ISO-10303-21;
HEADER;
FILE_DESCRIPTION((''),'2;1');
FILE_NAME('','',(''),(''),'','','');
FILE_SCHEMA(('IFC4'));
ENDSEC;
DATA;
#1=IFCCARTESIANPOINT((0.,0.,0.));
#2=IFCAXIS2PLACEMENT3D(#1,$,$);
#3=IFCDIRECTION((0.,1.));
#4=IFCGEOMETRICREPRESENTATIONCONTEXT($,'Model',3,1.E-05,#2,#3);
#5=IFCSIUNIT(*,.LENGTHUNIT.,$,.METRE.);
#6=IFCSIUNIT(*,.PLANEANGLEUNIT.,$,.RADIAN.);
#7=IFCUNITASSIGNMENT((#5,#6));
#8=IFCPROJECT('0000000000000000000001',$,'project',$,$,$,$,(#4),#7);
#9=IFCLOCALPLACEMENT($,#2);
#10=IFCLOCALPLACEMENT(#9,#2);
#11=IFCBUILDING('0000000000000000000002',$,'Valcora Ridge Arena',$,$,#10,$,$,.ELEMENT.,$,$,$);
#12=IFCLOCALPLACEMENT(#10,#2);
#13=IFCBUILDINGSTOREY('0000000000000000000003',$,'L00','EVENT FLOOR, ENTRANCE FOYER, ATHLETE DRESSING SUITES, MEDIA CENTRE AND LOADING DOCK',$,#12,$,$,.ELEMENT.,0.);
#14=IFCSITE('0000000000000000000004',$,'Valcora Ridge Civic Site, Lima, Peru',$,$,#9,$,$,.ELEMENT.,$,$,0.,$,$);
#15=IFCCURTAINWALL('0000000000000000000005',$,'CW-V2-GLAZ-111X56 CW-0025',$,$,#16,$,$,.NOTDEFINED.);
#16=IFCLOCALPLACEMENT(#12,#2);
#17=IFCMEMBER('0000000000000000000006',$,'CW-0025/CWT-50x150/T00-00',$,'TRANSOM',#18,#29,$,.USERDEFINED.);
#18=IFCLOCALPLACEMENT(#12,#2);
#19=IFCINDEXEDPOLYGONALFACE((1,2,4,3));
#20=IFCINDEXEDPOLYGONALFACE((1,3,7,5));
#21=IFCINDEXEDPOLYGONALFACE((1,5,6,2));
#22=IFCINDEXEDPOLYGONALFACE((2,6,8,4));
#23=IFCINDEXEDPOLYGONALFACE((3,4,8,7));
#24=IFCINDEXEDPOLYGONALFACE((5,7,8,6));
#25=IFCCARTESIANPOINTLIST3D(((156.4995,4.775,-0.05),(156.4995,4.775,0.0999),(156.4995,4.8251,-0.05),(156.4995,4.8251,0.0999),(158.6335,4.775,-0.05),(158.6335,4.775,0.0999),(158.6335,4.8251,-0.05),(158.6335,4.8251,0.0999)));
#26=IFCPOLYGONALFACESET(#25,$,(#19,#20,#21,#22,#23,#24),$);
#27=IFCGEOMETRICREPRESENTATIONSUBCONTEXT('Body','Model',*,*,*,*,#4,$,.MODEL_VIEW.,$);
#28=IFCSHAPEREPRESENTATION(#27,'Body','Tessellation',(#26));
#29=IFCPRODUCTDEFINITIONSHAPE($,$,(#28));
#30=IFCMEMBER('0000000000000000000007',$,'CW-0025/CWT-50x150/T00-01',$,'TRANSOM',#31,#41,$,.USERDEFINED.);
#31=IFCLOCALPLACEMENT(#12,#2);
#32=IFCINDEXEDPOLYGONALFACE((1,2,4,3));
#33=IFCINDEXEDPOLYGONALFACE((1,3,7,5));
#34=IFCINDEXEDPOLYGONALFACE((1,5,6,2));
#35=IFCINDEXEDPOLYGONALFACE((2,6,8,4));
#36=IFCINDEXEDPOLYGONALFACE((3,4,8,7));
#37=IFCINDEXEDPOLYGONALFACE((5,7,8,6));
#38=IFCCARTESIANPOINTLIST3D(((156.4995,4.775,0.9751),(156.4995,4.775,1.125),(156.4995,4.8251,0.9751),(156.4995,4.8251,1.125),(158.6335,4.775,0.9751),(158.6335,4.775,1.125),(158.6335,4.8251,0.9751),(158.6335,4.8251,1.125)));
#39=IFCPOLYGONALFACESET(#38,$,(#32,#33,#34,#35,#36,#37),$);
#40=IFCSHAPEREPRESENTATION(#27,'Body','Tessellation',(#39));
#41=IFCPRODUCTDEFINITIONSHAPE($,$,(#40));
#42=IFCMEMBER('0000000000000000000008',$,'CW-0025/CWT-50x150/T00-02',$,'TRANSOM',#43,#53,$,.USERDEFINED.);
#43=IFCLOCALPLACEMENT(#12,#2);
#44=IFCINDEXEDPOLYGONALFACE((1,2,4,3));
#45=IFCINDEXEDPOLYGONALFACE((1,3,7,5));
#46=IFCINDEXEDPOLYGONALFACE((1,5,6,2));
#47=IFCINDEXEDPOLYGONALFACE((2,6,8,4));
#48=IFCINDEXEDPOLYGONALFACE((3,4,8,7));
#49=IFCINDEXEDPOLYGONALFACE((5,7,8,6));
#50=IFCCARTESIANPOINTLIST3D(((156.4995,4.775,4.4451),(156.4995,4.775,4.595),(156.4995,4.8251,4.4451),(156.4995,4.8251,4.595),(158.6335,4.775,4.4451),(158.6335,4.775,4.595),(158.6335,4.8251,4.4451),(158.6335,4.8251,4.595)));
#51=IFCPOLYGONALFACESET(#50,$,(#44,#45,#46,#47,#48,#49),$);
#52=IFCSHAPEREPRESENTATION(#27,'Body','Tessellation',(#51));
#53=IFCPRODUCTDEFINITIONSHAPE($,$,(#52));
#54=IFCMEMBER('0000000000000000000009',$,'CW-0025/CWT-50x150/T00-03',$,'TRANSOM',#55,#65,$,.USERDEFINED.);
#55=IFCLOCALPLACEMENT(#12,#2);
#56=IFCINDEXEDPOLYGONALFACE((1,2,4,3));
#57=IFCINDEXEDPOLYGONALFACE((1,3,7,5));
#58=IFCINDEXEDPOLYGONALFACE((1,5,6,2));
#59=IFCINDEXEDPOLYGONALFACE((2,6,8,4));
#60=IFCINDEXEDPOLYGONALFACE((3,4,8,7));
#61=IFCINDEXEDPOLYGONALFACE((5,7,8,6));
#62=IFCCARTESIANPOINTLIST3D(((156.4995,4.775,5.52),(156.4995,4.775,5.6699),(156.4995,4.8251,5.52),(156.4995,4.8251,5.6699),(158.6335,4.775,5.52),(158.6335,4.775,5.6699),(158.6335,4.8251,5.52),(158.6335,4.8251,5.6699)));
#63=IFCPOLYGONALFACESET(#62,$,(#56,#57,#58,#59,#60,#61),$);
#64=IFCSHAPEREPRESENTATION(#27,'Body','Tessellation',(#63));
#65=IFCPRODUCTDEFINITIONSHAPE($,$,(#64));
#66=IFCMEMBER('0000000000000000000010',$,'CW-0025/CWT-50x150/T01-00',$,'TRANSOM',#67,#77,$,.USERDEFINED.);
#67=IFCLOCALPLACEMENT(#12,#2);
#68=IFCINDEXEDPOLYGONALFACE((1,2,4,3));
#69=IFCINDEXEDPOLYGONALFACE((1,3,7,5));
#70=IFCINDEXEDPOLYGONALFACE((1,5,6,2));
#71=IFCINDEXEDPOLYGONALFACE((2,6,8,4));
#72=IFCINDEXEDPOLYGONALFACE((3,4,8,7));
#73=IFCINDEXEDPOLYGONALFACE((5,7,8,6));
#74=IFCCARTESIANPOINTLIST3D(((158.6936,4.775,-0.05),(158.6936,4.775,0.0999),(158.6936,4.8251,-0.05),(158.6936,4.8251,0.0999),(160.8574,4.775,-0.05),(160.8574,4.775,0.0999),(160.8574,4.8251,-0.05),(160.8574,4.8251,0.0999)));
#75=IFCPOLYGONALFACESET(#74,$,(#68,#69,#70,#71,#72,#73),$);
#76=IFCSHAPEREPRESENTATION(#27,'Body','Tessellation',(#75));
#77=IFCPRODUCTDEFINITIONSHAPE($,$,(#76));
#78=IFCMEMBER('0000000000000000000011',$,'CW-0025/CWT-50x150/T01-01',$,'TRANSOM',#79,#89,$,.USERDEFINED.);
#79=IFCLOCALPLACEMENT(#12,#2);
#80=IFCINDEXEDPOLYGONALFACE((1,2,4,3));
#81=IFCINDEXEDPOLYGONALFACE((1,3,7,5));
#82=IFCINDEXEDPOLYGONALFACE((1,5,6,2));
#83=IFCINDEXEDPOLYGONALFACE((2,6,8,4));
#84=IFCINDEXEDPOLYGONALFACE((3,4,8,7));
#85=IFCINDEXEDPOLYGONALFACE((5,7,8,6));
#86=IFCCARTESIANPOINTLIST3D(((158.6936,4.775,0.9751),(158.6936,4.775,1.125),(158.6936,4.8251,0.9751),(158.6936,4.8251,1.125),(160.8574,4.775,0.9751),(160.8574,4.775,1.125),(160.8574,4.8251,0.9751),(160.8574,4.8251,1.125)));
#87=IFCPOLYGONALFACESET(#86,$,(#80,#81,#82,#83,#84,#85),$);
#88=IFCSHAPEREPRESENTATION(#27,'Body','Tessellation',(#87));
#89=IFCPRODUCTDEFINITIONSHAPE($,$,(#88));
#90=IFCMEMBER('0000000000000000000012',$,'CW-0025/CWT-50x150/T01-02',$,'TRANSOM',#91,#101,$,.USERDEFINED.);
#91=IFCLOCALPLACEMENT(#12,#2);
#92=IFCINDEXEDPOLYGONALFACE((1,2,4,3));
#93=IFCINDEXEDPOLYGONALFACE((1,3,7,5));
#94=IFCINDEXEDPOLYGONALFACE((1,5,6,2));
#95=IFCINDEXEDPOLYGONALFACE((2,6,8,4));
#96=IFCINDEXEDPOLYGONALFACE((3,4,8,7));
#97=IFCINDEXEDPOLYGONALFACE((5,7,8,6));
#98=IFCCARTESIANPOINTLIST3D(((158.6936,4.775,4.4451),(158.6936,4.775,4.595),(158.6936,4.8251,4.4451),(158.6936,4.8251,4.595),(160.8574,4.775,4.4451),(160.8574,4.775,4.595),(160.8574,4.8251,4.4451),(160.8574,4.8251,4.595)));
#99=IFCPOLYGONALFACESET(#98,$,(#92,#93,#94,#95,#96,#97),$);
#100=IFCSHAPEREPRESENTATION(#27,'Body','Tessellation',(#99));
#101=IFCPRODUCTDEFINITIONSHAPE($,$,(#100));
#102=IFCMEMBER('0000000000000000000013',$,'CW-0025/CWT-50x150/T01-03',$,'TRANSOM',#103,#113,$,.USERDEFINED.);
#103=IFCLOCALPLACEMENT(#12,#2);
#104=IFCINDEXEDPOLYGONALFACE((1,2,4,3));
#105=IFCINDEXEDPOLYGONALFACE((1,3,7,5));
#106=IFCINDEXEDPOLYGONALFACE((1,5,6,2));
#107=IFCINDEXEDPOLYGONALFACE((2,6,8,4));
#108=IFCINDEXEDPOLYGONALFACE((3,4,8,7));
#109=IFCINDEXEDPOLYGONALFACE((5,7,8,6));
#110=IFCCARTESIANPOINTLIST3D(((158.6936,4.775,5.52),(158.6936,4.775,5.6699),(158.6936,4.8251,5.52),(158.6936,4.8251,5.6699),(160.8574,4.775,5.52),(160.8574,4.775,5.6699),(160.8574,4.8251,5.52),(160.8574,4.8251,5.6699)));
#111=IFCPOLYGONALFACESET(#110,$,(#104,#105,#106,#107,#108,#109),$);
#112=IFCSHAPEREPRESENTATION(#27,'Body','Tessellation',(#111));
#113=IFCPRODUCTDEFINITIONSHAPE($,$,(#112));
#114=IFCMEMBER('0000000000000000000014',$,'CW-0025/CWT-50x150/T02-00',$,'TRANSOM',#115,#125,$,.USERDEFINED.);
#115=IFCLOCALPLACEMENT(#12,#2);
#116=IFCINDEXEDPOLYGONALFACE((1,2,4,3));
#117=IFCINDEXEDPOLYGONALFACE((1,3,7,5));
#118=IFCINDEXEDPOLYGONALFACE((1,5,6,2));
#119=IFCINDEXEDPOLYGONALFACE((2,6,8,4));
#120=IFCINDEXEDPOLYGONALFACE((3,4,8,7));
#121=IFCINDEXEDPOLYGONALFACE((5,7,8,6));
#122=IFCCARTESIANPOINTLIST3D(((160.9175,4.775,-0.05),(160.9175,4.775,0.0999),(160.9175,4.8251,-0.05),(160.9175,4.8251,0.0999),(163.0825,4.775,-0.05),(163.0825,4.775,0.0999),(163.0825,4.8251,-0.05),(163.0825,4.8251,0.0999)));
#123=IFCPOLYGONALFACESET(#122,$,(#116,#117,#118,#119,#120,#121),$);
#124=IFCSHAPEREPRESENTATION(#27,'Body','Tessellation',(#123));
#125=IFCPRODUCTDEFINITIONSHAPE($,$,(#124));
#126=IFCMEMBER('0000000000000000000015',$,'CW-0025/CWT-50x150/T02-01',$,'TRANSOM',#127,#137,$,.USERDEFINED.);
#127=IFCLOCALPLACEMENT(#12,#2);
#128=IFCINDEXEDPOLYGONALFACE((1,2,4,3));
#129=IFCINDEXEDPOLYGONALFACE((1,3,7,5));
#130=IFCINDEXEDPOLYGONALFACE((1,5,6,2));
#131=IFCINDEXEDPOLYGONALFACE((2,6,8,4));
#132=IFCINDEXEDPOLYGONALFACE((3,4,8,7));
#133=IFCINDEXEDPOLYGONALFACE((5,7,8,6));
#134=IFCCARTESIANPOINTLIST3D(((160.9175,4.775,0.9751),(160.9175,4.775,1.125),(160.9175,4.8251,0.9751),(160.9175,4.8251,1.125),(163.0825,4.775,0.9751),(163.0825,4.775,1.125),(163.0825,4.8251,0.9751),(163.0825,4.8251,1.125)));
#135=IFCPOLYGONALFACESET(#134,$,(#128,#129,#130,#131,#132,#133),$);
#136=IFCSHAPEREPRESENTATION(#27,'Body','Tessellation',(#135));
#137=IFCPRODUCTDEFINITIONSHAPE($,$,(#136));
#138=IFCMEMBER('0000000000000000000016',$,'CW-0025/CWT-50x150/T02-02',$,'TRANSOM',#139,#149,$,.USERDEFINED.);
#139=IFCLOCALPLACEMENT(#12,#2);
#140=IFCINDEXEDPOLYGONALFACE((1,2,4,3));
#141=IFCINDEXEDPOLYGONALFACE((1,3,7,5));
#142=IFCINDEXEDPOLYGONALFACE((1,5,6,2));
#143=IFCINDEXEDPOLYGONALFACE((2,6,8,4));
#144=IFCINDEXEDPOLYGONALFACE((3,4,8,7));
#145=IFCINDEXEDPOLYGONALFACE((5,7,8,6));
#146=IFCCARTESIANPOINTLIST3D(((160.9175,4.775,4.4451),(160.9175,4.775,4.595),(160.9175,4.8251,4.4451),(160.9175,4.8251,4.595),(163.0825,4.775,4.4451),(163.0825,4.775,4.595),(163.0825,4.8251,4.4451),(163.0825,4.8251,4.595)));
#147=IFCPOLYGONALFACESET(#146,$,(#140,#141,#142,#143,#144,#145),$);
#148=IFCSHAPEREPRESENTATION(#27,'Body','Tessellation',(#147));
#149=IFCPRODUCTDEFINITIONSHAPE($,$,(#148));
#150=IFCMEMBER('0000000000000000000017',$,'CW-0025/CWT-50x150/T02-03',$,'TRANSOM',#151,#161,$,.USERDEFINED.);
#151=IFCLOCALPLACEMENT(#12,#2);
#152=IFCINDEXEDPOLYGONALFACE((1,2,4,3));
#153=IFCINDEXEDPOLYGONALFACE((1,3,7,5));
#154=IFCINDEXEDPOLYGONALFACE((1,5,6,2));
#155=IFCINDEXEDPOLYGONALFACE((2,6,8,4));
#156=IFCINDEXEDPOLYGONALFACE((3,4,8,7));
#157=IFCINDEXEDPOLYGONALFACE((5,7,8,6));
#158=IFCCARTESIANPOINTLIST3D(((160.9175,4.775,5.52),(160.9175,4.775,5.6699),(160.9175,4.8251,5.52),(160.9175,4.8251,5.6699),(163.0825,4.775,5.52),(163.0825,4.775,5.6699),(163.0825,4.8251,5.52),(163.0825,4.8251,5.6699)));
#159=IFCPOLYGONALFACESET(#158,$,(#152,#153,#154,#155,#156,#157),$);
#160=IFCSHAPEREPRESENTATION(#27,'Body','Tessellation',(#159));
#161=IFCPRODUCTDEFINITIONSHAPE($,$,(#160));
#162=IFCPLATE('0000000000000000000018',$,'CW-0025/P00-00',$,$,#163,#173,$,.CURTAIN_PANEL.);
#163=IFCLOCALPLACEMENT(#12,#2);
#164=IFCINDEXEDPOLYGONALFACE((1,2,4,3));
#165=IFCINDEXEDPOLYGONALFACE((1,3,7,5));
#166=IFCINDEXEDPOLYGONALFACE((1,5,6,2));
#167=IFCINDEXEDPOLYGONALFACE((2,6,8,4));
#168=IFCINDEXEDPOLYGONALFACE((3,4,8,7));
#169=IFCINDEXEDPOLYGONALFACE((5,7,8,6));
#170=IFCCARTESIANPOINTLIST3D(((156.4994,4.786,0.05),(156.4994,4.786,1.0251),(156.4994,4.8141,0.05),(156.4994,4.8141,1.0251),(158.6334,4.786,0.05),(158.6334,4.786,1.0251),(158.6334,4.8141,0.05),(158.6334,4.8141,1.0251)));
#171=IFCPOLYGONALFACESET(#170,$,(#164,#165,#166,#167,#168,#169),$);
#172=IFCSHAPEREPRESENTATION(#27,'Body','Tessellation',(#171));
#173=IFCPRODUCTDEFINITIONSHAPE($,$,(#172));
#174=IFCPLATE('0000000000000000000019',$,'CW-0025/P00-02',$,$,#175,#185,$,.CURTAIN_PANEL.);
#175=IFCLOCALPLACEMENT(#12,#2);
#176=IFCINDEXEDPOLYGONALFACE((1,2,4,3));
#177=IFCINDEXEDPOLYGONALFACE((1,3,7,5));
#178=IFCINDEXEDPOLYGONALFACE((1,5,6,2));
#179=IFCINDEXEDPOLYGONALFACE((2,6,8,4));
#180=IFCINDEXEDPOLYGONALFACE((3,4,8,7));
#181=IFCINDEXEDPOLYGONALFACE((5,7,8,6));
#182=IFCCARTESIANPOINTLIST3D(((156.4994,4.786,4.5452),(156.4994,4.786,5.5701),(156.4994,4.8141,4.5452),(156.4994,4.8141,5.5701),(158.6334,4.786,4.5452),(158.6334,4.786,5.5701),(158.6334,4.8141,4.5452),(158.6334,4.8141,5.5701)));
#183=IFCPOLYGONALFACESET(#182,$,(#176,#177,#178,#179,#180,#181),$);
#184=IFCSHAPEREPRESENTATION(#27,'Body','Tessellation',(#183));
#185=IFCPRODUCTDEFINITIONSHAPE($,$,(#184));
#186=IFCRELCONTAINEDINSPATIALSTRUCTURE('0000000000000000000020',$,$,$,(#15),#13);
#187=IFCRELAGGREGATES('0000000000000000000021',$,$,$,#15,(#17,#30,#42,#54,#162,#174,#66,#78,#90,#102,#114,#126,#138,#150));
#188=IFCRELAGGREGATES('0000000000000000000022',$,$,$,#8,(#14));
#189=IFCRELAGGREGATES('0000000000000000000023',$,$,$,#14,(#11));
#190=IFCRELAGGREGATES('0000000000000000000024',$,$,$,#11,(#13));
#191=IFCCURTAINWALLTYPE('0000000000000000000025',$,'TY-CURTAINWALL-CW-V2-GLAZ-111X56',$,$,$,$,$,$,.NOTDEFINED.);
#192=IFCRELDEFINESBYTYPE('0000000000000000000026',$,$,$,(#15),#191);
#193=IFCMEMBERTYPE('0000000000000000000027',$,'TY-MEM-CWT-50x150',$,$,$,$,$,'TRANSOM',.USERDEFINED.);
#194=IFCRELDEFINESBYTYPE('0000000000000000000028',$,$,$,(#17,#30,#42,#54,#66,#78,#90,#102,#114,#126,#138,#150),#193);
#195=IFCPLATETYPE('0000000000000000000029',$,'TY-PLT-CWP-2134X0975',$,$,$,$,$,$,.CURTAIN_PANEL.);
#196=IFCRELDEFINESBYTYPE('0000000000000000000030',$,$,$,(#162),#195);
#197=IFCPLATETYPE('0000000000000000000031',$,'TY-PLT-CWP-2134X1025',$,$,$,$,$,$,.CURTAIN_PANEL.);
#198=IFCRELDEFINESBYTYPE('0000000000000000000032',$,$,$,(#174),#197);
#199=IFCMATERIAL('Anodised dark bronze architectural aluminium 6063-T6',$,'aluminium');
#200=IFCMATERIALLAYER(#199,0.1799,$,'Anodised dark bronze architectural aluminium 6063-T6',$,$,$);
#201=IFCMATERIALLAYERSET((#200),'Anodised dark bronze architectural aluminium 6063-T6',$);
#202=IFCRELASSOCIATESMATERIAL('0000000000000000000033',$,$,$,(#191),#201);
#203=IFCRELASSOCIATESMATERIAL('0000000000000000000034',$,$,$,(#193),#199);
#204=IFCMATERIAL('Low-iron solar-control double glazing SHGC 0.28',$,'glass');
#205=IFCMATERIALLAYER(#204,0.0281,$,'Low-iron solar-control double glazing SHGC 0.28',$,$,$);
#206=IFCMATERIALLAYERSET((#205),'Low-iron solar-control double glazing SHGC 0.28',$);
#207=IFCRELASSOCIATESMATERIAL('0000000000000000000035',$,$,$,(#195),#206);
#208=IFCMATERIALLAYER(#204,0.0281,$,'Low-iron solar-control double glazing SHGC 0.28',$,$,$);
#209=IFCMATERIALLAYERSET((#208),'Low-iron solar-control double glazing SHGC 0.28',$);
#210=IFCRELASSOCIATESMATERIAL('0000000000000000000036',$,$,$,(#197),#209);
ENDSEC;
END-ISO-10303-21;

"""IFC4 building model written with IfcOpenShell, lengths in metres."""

from ifc_helpers import new_model, si_unit, direction, frame, origin, origin_2d, place, context, subcontext, project, spatial, rectangle, extrude, material, layer, layer_set, material_profile, profile_set, type_object, element, aggregate, save


model = new_model("IFC4")

# Units and contexts
model_context = context("Model", 3, precision=1e-05, world=origin(), true_north=direction((0.0, 1.0)))
body_context = subcontext(model_context, "Body", "Model", "MODEL_VIEW")
ifc_project = project(units=[si_unit("LENGTHUNIT", "METRE"), si_unit("PLANEANGLEUNIT", "RADIAN")], contexts=[model_context])

# Site, building, storey
site_placement = place(None, origin())
site = spatial("IfcSite", under=ifc_project, at=site_placement, Name="Valcora Ridge Civic Site, Lima, Peru", CompositionType="ELEMENT", RefElevation=0.0)
building_placement = place(site_placement, origin())
building = spatial("IfcBuilding", under=site, at=building_placement, Name="Valcora Ridge Arena", CompositionType="ELEMENT")
storey_placement = place(building_placement, origin())
storey = spatial("IfcBuildingStorey", under=building, at=storey_placement, Name="L00", Description="EVENT FLOOR, ENTRANCE FOYER, ATHLETE DRESSING SUITES, MEDIA CENTRE AND LOADING DOCK", CompositionType="ELEMENT", Elevation=0.0)

# Curtain wall, members, plates
ifc_material_1 = material(Name="Anodised dark bronze architectural aluminium 6063-T6", Category="aluminium")
ifc_layer_1 = layer(ifc_material_1, 0.1799, Name="Anodised dark bronze architectural aluminium 6063-T6")
ifc_layer_set_1 = layer_set([ifc_layer_1], Name="Anodised dark bronze architectural aluminium 6063-T6")
curtain_wall_type = type_object("IfcCurtainWallType", Name="TY-CURTAINWALL-CW-V2-GLAZ-111X56", PredefinedType="NOTDEFINED", material=ifc_layer_set_1)
curtain_wall_placement = place(storey_placement, origin())
curtain_wall = element("IfcCurtainWall", 1, at=curtain_wall_placement, inside=storey, type_object=curtain_wall_type, Name="CW-V2-GLAZ-111X56 CW-0025", PredefinedType="NOTDEFINED")
ifc_material_profile_1 = material_profile(ifc_material_1, rectangle(XDim=0.05, YDim=0.1499, at=origin_2d()), Name="ALU TRANSOM 50x150")
ifc_profile_set_1 = profile_set([ifc_material_profile_1], Name="Anodised dark bronze architectural aluminium 6063-T6")
member_type_1 = type_object("IfcMemberType", Name="TY-MEM-CWT-50x150", ElementType="TRANSOM", PredefinedType="USERDEFINED", material=ifc_profile_set_1)
member_1_placement = place(storey_placement, frame((156.4995, 4.8, 0.0249), z_axis=(1.0, 0.0, 0.0), x_axis=(0.0, 1.0, 0.0)))
member_1 = element("IfcMember", 2, at=member_1_placement, type_object=member_type_1, Name="CW-0025/CWT-50x150/T00-00", ObjectType="TRANSOM", PredefinedType="USERDEFINED", context=body_context, shape_type="SweptSolid", body=[
    extrude(rectangle(XDim=0.05, YDim=0.1499, at=origin_2d()), origin(), (0.0, 0.0, 1.0), 2.134),
])
member_2_placement = place(storey_placement, frame((156.4995, 4.8, 1.05), z_axis=(1.0, 0.0, 0.0), x_axis=(0.0, 1.0, 0.0)))
member_2 = element("IfcMember", 3, at=member_2_placement, type_object=member_type_1, Name="CW-0025/CWT-50x150/T00-01", ObjectType="TRANSOM", PredefinedType="USERDEFINED", context=body_context, shape_type="SweptSolid", body=[
    extrude(rectangle(XDim=0.05, YDim=0.1499, at=origin_2d()), origin(), (0.0, 0.0, 1.0), 2.134),
])
member_3_placement = place(storey_placement, frame((156.4995, 4.8, 4.52), z_axis=(1.0, 0.0, 0.0), x_axis=(0.0, 1.0, 0.0)))
member_3 = element("IfcMember", 4, at=member_3_placement, type_object=member_type_1, Name="CW-0025/CWT-50x150/T00-02", ObjectType="TRANSOM", PredefinedType="USERDEFINED", context=body_context, shape_type="SweptSolid", body=[
    extrude(rectangle(XDim=0.05, YDim=0.1499, at=origin_2d()), origin(), (0.0, 0.0, 1.0), 2.134),
])
member_4_placement = place(storey_placement, frame((156.4995, 4.8, 5.595), z_axis=(1.0, 0.0, 0.0), x_axis=(0.0, 1.0, 0.0)))
member_4 = element("IfcMember", 5, at=member_4_placement, type_object=member_type_1, Name="CW-0025/CWT-50x150/T00-03", ObjectType="TRANSOM", PredefinedType="USERDEFINED", context=body_context, shape_type="SweptSolid", body=[
    extrude(rectangle(XDim=0.05, YDim=0.1499, at=origin_2d()), origin(), (0.0, 0.0, 1.0), 2.134),
])
member_5_placement = place(storey_placement, frame((158.6936, 4.8, 0.0249), z_axis=(1.0, 0.0, 0.0), x_axis=(0.0, 1.0, 0.0)))
member_5 = element("IfcMember", 6, at=member_5_placement, type_object=member_type_1, Name="CW-0025/CWT-50x150/T01-00", ObjectType="TRANSOM", PredefinedType="USERDEFINED", context=body_context, shape_type="SweptSolid", body=[
    extrude(rectangle(XDim=0.05, YDim=0.1499, at=origin_2d()), origin(), (0.0, 0.0, 1.0), 2.1638),
])
member_6_placement = place(storey_placement, frame((158.6936, 4.8, 1.05), z_axis=(1.0, 0.0, 0.0), x_axis=(0.0, 1.0, 0.0)))
member_6 = element("IfcMember", 7, at=member_6_placement, type_object=member_type_1, Name="CW-0025/CWT-50x150/T01-01", ObjectType="TRANSOM", PredefinedType="USERDEFINED", context=body_context, shape_type="SweptSolid", body=[
    extrude(rectangle(XDim=0.05, YDim=0.1499, at=origin_2d()), origin(), (0.0, 0.0, 1.0), 2.1638),
])
member_7_placement = place(storey_placement, frame((158.6936, 4.8, 4.52), z_axis=(1.0, 0.0, 0.0), x_axis=(0.0, 1.0, 0.0)))
member_7 = element("IfcMember", 8, at=member_7_placement, type_object=member_type_1, Name="CW-0025/CWT-50x150/T01-02", ObjectType="TRANSOM", PredefinedType="USERDEFINED", context=body_context, shape_type="SweptSolid", body=[
    extrude(rectangle(XDim=0.05, YDim=0.1499, at=origin_2d()), origin(), (0.0, 0.0, 1.0), 2.1638),
])
member_8_placement = place(storey_placement, frame((158.6936, 4.8, 5.595), z_axis=(1.0, 0.0, 0.0), x_axis=(0.0, 1.0, 0.0)))
member_8 = element("IfcMember", 9, at=member_8_placement, type_object=member_type_1, Name="CW-0025/CWT-50x150/T01-03", ObjectType="TRANSOM", PredefinedType="USERDEFINED", context=body_context, shape_type="SweptSolid", body=[
    extrude(rectangle(XDim=0.05, YDim=0.1499, at=origin_2d()), origin(), (0.0, 0.0, 1.0), 2.1638),
])
member_9_placement = place(storey_placement, frame((160.9175, 4.8, 0.0249), z_axis=(1.0, 0.0, 0.0), x_axis=(0.0, 1.0, 0.0)))
member_9 = element("IfcMember", 10, at=member_9_placement, type_object=member_type_1, Name="CW-0025/CWT-50x150/T02-00", ObjectType="TRANSOM", PredefinedType="USERDEFINED", context=body_context, shape_type="SweptSolid", body=[
    extrude(rectangle(XDim=0.05, YDim=0.1499, at=origin_2d()), origin(), (0.0, 0.0, 1.0), 2.165),
])
member_10_placement = place(storey_placement, frame((160.9175, 4.8, 1.05), z_axis=(1.0, 0.0, 0.0), x_axis=(0.0, 1.0, 0.0)))
member_10 = element("IfcMember", 11, at=member_10_placement, type_object=member_type_1, Name="CW-0025/CWT-50x150/T02-01", ObjectType="TRANSOM", PredefinedType="USERDEFINED", context=body_context, shape_type="SweptSolid", body=[
    extrude(rectangle(XDim=0.05, YDim=0.1499, at=origin_2d()), origin(), (0.0, 0.0, 1.0), 2.165),
])
member_11_placement = place(storey_placement, frame((160.9175, 4.8, 4.52), z_axis=(1.0, 0.0, 0.0), x_axis=(0.0, 1.0, 0.0)))
member_11 = element("IfcMember", 12, at=member_11_placement, type_object=member_type_1, Name="CW-0025/CWT-50x150/T02-02", ObjectType="TRANSOM", PredefinedType="USERDEFINED", context=body_context, shape_type="SweptSolid", body=[
    extrude(rectangle(XDim=0.05, YDim=0.1499, at=origin_2d()), origin(), (0.0, 0.0, 1.0), 2.165),
])
member_12_placement = place(storey_placement, frame((160.9175, 4.8, 5.595), z_axis=(1.0, 0.0, 0.0), x_axis=(0.0, 1.0, 0.0)))
member_12 = element("IfcMember", 13, at=member_12_placement, type_object=member_type_1, Name="CW-0025/CWT-50x150/T02-03", ObjectType="TRANSOM", PredefinedType="USERDEFINED", context=body_context, shape_type="SweptSolid", body=[
    extrude(rectangle(XDim=0.05, YDim=0.1499, at=origin_2d()), origin(), (0.0, 0.0, 1.0), 2.165),
])
ifc_material_2 = material(Name="Low-iron solar-control double glazing SHGC 0.28", Category="glass")
ifc_layer_2 = layer(ifc_material_2, 0.0281, Name="Low-iron solar-control double glazing SHGC 0.28")
ifc_layer_set_2 = layer_set([ifc_layer_2], Name="Low-iron solar-control double glazing SHGC 0.28")
plate_type_1 = type_object("IfcPlateType", Name="TY-PLT-CWP-2134X0975", PredefinedType="CURTAIN_PANEL", material=ifc_layer_set_2)
plate_1_placement = place(storey_placement, frame((157.5664, 4.8, 0.05), z_axis=(0.0, 0.0, 1.0), x_axis=(1.0, 0.0, 0.0)))
plate_1 = element("IfcPlate", 14, at=plate_1_placement, type_object=plate_type_1, Name="CW-0025/P00-00", PredefinedType="CURTAIN_PANEL", context=body_context, shape_type="SweptSolid", body=[
    extrude(rectangle(XDim=2.134, YDim=0.0281, at=origin_2d()), origin(), (0.0, 0.0, 1.0), 0.9751),
])
ifc_layer_3 = layer(ifc_material_2, 0.0281, Name="Low-iron solar-control double glazing SHGC 0.28")
ifc_layer_set_3 = layer_set([ifc_layer_3], Name="Low-iron solar-control double glazing SHGC 0.28")
plate_type_2 = type_object("IfcPlateType", Name="TY-PLT-CWP-2134X1025", PredefinedType="CURTAIN_PANEL", material=ifc_layer_set_3)
plate_2_placement = place(storey_placement, frame((157.5664, 4.8, 4.5452), z_axis=(0.0, 0.0, 1.0), x_axis=(1.0, 0.0, 0.0)))
plate_2 = element("IfcPlate", 15, at=plate_2_placement, type_object=plate_type_2, Name="CW-0025/P00-02", PredefinedType="CURTAIN_PANEL", context=body_context, shape_type="SweptSolid", body=[
    extrude(rectangle(XDim=2.134, YDim=0.0281, at=origin_2d()), origin(), (0.0, 0.0, 1.0), 1.0249),
])
aggregate(curtain_wall, [member_1, member_2, member_3, member_4, plate_1, plate_2, member_5, member_6, member_7, member_8, member_9, member_10, member_11, member_12])

save(model, "model.ifc")
